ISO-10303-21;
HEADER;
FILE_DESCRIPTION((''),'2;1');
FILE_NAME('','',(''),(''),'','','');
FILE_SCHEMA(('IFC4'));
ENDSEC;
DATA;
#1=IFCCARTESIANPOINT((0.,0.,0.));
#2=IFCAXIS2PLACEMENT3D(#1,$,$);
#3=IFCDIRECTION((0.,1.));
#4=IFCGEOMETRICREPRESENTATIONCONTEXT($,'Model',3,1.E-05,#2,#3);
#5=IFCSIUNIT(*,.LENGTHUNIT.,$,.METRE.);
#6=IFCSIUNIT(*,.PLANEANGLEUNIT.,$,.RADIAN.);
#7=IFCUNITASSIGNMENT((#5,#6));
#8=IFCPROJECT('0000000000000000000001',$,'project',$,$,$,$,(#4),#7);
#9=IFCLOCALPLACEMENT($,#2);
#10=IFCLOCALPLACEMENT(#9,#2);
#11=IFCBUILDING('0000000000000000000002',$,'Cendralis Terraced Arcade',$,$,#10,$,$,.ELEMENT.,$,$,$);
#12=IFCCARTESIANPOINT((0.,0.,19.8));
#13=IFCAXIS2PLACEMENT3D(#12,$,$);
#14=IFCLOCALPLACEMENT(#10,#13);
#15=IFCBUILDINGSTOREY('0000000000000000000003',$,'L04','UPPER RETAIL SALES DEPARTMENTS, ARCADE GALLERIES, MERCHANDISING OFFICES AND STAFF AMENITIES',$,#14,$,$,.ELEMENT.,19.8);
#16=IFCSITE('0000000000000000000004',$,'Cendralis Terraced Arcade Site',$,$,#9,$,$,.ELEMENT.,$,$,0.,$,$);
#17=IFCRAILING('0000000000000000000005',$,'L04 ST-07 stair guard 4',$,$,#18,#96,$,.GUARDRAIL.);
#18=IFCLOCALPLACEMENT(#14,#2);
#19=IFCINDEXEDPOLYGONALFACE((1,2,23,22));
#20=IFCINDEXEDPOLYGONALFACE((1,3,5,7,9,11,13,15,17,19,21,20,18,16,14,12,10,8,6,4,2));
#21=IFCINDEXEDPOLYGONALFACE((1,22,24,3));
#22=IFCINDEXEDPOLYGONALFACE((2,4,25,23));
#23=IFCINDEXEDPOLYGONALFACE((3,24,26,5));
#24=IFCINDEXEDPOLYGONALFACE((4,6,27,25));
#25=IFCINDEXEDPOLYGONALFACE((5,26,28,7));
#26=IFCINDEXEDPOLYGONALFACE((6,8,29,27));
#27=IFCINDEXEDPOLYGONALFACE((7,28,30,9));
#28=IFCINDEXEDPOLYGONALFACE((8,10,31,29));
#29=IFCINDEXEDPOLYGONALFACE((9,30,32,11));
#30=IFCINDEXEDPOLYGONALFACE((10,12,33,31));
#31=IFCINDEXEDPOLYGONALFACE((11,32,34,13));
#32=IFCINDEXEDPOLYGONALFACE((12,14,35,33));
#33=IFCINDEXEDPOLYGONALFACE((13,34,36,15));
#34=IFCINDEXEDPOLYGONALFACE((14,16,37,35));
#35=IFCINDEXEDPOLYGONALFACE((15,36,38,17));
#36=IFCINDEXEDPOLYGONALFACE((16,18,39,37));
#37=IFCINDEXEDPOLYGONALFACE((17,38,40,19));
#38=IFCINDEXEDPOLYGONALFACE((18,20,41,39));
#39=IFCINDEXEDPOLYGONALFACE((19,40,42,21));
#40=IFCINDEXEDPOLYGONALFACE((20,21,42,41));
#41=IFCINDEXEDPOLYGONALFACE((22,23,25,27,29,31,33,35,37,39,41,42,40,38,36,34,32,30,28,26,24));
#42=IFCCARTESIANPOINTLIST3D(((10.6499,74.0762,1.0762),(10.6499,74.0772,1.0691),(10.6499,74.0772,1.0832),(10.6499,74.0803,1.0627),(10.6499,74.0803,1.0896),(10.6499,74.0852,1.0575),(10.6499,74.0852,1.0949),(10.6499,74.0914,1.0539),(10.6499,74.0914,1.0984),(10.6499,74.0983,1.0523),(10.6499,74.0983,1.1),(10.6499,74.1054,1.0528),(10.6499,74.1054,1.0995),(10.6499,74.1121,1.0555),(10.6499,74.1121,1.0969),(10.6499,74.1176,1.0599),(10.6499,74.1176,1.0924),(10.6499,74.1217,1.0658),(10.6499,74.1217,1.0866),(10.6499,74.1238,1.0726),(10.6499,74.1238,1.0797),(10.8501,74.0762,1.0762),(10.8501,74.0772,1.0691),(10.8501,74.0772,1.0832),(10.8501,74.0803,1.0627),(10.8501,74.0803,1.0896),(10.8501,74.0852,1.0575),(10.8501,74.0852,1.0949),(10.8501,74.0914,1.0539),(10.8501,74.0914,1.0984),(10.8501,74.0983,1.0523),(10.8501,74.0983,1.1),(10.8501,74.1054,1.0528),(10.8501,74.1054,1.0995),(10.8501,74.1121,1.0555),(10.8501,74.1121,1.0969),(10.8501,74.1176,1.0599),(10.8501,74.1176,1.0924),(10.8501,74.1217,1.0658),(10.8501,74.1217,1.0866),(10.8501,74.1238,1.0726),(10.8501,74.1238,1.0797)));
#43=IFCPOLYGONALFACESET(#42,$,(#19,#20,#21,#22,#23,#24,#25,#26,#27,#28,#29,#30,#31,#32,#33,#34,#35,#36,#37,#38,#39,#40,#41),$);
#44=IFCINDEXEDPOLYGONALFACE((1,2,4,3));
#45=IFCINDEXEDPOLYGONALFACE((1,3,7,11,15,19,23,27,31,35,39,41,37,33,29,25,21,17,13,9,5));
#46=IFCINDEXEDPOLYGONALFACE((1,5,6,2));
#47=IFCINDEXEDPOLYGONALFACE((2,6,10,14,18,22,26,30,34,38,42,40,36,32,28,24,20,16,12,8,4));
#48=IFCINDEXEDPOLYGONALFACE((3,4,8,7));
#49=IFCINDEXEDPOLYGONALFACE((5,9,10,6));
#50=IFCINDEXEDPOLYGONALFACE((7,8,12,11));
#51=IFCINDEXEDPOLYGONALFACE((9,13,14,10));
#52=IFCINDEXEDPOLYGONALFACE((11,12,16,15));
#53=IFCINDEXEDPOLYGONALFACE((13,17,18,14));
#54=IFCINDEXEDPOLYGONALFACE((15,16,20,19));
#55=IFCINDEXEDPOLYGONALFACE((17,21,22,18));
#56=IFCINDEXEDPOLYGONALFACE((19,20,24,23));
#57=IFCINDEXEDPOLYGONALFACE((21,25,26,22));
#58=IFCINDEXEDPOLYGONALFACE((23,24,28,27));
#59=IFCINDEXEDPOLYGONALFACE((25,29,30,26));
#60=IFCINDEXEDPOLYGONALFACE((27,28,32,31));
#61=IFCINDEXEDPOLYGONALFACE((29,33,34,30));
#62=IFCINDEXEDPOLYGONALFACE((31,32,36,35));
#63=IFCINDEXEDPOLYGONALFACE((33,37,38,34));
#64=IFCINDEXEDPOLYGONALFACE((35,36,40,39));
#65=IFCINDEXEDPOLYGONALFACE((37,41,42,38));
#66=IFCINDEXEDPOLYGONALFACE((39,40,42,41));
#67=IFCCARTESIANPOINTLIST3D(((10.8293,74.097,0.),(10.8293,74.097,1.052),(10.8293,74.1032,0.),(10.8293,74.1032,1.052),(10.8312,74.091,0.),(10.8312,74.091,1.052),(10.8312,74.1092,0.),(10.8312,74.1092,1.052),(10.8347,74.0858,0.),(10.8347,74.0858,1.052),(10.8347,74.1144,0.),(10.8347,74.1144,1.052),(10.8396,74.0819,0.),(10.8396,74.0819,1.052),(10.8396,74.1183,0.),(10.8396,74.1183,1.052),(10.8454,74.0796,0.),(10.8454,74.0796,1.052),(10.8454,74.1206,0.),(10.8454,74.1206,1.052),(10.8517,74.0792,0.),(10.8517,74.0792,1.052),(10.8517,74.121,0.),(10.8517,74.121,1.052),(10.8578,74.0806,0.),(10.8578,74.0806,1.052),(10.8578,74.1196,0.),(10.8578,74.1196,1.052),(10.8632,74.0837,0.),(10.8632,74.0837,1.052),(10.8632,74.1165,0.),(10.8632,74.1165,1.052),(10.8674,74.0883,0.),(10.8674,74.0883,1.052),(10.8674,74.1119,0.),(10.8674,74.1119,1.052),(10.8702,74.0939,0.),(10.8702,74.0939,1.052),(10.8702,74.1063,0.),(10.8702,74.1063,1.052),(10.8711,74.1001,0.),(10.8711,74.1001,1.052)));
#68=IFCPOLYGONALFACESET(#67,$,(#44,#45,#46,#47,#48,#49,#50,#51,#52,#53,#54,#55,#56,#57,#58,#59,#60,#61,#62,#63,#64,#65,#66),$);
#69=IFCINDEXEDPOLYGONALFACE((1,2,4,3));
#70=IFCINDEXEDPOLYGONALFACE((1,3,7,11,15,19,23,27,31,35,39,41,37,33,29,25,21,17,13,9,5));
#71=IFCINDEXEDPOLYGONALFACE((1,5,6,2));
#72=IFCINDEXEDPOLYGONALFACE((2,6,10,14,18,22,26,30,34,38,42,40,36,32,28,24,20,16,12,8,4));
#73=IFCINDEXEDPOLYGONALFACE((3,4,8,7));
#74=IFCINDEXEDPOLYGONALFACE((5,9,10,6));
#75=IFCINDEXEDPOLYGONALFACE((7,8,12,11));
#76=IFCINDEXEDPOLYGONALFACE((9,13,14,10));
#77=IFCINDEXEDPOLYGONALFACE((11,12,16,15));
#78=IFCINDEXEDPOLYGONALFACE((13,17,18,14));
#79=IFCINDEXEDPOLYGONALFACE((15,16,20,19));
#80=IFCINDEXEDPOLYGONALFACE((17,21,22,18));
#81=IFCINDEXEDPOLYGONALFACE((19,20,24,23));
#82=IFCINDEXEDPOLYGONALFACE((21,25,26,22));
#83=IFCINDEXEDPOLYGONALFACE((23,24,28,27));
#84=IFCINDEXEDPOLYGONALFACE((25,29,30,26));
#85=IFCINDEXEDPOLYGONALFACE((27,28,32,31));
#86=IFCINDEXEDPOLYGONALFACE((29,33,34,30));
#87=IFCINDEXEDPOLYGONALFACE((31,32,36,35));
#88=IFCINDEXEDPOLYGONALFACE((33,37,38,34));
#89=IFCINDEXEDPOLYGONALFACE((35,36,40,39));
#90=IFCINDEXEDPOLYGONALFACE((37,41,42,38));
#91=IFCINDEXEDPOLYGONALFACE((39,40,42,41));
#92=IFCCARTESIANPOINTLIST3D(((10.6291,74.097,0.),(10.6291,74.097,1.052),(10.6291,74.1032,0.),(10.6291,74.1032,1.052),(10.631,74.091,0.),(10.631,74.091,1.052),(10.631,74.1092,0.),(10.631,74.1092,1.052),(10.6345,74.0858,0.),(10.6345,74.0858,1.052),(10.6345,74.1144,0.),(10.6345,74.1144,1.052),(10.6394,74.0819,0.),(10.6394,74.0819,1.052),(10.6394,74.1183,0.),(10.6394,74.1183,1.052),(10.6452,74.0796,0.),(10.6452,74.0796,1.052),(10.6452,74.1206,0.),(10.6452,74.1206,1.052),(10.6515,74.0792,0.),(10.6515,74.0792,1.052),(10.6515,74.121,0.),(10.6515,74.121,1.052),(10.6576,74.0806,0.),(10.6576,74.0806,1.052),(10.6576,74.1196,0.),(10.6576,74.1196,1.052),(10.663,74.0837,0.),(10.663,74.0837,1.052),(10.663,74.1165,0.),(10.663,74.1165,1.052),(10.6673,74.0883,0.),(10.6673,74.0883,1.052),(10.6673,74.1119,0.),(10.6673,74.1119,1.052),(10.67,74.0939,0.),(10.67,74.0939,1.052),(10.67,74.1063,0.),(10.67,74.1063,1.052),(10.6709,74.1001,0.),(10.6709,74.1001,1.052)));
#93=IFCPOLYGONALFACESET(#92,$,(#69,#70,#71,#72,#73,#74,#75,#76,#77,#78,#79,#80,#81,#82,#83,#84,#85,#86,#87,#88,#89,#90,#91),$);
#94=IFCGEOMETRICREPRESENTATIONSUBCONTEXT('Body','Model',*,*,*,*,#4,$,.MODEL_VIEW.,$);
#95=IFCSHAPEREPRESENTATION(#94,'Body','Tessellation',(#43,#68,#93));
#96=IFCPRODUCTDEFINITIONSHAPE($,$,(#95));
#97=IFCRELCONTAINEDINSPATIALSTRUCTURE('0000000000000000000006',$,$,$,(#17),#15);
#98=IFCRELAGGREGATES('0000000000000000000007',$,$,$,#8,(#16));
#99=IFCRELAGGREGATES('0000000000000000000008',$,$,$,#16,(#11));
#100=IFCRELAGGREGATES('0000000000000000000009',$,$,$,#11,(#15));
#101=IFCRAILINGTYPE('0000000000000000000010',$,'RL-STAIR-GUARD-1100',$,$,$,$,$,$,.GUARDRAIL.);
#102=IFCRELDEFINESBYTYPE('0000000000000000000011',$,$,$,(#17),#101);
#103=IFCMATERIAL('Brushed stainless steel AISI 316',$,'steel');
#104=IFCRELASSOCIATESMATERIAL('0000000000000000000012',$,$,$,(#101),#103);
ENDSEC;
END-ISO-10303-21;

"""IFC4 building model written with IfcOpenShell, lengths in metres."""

from ifc_helpers import new_model, si_unit, direction, frame, origin, origin_2d, place, context, subcontext, project, spatial, circle, extrude, material, type_object, element, save


model = new_model("IFC4")

# Units and contexts
model_context = context("Model", 3, precision=1e-05, world=origin(), true_north=direction((0.0, 1.0)))
body_context = subcontext(model_context, "Body", "Model", "MODEL_VIEW")
ifc_project = project(units=[si_unit("LENGTHUNIT", "METRE"), si_unit("PLANEANGLEUNIT", "RADIAN")], contexts=[model_context])

# Site, building, storey
site_placement = place(None, origin())
site = spatial("IfcSite", under=ifc_project, at=site_placement, Name="Cendralis Terraced Arcade Site", CompositionType="ELEMENT", RefElevation=0.0)
building_placement = place(site_placement, origin())
building = spatial("IfcBuilding", under=site, at=building_placement, Name="Cendralis Terraced Arcade", CompositionType="ELEMENT")
storey_placement = place(building_placement, frame((0.0, 0.0, 19.8)))
storey = spatial("IfcBuildingStorey", under=building, at=storey_placement, Name="L04", Description="UPPER RETAIL SALES DEPARTMENTS, ARCADE GALLERIES, MERCHANDISING OFFICES AND STAFF AMENITIES", CompositionType="ELEMENT", Elevation=19.8)

# Railing
ifc_material_1 = material(Name="Brushed stainless steel AISI 316", Category="steel")
railing_type_1 = type_object("IfcRailingType", Name="RL-STAIR-GUARD-1100", PredefinedType="GUARDRAIL", material=ifc_material_1)
railing_1_placement = place(storey_placement, frame((10.8501, 74.1001, 0.0)))
element("IfcRailing", 1, at=railing_1_placement, inside=storey, type_object=railing_type_1, Name="L04 ST-07 stair guard 4", PredefinedType="GUARDRAIL", context=body_context, shape_type="SweptSolid", body=[
    extrude(circle(Radius=0.0239, at=origin_2d()), frame((0.0, 0.0, 1.0762), z_axis=(-1.0, 0.0, 0.0), x_axis=(0.0, -1.0, 0.0)), (0.0, 0.0, 1.0), 0.2002),
    extrude(circle(Radius=0.021, at=origin_2d()), origin(), (0.0, 0.0, 1.0), 1.052),
    extrude(circle(Radius=0.021, at=origin_2d()), frame((-0.2002, 0.0, 0.0)), (0.0, 0.0, 1.0), 1.052),
])

save(model, "model.ifc")
